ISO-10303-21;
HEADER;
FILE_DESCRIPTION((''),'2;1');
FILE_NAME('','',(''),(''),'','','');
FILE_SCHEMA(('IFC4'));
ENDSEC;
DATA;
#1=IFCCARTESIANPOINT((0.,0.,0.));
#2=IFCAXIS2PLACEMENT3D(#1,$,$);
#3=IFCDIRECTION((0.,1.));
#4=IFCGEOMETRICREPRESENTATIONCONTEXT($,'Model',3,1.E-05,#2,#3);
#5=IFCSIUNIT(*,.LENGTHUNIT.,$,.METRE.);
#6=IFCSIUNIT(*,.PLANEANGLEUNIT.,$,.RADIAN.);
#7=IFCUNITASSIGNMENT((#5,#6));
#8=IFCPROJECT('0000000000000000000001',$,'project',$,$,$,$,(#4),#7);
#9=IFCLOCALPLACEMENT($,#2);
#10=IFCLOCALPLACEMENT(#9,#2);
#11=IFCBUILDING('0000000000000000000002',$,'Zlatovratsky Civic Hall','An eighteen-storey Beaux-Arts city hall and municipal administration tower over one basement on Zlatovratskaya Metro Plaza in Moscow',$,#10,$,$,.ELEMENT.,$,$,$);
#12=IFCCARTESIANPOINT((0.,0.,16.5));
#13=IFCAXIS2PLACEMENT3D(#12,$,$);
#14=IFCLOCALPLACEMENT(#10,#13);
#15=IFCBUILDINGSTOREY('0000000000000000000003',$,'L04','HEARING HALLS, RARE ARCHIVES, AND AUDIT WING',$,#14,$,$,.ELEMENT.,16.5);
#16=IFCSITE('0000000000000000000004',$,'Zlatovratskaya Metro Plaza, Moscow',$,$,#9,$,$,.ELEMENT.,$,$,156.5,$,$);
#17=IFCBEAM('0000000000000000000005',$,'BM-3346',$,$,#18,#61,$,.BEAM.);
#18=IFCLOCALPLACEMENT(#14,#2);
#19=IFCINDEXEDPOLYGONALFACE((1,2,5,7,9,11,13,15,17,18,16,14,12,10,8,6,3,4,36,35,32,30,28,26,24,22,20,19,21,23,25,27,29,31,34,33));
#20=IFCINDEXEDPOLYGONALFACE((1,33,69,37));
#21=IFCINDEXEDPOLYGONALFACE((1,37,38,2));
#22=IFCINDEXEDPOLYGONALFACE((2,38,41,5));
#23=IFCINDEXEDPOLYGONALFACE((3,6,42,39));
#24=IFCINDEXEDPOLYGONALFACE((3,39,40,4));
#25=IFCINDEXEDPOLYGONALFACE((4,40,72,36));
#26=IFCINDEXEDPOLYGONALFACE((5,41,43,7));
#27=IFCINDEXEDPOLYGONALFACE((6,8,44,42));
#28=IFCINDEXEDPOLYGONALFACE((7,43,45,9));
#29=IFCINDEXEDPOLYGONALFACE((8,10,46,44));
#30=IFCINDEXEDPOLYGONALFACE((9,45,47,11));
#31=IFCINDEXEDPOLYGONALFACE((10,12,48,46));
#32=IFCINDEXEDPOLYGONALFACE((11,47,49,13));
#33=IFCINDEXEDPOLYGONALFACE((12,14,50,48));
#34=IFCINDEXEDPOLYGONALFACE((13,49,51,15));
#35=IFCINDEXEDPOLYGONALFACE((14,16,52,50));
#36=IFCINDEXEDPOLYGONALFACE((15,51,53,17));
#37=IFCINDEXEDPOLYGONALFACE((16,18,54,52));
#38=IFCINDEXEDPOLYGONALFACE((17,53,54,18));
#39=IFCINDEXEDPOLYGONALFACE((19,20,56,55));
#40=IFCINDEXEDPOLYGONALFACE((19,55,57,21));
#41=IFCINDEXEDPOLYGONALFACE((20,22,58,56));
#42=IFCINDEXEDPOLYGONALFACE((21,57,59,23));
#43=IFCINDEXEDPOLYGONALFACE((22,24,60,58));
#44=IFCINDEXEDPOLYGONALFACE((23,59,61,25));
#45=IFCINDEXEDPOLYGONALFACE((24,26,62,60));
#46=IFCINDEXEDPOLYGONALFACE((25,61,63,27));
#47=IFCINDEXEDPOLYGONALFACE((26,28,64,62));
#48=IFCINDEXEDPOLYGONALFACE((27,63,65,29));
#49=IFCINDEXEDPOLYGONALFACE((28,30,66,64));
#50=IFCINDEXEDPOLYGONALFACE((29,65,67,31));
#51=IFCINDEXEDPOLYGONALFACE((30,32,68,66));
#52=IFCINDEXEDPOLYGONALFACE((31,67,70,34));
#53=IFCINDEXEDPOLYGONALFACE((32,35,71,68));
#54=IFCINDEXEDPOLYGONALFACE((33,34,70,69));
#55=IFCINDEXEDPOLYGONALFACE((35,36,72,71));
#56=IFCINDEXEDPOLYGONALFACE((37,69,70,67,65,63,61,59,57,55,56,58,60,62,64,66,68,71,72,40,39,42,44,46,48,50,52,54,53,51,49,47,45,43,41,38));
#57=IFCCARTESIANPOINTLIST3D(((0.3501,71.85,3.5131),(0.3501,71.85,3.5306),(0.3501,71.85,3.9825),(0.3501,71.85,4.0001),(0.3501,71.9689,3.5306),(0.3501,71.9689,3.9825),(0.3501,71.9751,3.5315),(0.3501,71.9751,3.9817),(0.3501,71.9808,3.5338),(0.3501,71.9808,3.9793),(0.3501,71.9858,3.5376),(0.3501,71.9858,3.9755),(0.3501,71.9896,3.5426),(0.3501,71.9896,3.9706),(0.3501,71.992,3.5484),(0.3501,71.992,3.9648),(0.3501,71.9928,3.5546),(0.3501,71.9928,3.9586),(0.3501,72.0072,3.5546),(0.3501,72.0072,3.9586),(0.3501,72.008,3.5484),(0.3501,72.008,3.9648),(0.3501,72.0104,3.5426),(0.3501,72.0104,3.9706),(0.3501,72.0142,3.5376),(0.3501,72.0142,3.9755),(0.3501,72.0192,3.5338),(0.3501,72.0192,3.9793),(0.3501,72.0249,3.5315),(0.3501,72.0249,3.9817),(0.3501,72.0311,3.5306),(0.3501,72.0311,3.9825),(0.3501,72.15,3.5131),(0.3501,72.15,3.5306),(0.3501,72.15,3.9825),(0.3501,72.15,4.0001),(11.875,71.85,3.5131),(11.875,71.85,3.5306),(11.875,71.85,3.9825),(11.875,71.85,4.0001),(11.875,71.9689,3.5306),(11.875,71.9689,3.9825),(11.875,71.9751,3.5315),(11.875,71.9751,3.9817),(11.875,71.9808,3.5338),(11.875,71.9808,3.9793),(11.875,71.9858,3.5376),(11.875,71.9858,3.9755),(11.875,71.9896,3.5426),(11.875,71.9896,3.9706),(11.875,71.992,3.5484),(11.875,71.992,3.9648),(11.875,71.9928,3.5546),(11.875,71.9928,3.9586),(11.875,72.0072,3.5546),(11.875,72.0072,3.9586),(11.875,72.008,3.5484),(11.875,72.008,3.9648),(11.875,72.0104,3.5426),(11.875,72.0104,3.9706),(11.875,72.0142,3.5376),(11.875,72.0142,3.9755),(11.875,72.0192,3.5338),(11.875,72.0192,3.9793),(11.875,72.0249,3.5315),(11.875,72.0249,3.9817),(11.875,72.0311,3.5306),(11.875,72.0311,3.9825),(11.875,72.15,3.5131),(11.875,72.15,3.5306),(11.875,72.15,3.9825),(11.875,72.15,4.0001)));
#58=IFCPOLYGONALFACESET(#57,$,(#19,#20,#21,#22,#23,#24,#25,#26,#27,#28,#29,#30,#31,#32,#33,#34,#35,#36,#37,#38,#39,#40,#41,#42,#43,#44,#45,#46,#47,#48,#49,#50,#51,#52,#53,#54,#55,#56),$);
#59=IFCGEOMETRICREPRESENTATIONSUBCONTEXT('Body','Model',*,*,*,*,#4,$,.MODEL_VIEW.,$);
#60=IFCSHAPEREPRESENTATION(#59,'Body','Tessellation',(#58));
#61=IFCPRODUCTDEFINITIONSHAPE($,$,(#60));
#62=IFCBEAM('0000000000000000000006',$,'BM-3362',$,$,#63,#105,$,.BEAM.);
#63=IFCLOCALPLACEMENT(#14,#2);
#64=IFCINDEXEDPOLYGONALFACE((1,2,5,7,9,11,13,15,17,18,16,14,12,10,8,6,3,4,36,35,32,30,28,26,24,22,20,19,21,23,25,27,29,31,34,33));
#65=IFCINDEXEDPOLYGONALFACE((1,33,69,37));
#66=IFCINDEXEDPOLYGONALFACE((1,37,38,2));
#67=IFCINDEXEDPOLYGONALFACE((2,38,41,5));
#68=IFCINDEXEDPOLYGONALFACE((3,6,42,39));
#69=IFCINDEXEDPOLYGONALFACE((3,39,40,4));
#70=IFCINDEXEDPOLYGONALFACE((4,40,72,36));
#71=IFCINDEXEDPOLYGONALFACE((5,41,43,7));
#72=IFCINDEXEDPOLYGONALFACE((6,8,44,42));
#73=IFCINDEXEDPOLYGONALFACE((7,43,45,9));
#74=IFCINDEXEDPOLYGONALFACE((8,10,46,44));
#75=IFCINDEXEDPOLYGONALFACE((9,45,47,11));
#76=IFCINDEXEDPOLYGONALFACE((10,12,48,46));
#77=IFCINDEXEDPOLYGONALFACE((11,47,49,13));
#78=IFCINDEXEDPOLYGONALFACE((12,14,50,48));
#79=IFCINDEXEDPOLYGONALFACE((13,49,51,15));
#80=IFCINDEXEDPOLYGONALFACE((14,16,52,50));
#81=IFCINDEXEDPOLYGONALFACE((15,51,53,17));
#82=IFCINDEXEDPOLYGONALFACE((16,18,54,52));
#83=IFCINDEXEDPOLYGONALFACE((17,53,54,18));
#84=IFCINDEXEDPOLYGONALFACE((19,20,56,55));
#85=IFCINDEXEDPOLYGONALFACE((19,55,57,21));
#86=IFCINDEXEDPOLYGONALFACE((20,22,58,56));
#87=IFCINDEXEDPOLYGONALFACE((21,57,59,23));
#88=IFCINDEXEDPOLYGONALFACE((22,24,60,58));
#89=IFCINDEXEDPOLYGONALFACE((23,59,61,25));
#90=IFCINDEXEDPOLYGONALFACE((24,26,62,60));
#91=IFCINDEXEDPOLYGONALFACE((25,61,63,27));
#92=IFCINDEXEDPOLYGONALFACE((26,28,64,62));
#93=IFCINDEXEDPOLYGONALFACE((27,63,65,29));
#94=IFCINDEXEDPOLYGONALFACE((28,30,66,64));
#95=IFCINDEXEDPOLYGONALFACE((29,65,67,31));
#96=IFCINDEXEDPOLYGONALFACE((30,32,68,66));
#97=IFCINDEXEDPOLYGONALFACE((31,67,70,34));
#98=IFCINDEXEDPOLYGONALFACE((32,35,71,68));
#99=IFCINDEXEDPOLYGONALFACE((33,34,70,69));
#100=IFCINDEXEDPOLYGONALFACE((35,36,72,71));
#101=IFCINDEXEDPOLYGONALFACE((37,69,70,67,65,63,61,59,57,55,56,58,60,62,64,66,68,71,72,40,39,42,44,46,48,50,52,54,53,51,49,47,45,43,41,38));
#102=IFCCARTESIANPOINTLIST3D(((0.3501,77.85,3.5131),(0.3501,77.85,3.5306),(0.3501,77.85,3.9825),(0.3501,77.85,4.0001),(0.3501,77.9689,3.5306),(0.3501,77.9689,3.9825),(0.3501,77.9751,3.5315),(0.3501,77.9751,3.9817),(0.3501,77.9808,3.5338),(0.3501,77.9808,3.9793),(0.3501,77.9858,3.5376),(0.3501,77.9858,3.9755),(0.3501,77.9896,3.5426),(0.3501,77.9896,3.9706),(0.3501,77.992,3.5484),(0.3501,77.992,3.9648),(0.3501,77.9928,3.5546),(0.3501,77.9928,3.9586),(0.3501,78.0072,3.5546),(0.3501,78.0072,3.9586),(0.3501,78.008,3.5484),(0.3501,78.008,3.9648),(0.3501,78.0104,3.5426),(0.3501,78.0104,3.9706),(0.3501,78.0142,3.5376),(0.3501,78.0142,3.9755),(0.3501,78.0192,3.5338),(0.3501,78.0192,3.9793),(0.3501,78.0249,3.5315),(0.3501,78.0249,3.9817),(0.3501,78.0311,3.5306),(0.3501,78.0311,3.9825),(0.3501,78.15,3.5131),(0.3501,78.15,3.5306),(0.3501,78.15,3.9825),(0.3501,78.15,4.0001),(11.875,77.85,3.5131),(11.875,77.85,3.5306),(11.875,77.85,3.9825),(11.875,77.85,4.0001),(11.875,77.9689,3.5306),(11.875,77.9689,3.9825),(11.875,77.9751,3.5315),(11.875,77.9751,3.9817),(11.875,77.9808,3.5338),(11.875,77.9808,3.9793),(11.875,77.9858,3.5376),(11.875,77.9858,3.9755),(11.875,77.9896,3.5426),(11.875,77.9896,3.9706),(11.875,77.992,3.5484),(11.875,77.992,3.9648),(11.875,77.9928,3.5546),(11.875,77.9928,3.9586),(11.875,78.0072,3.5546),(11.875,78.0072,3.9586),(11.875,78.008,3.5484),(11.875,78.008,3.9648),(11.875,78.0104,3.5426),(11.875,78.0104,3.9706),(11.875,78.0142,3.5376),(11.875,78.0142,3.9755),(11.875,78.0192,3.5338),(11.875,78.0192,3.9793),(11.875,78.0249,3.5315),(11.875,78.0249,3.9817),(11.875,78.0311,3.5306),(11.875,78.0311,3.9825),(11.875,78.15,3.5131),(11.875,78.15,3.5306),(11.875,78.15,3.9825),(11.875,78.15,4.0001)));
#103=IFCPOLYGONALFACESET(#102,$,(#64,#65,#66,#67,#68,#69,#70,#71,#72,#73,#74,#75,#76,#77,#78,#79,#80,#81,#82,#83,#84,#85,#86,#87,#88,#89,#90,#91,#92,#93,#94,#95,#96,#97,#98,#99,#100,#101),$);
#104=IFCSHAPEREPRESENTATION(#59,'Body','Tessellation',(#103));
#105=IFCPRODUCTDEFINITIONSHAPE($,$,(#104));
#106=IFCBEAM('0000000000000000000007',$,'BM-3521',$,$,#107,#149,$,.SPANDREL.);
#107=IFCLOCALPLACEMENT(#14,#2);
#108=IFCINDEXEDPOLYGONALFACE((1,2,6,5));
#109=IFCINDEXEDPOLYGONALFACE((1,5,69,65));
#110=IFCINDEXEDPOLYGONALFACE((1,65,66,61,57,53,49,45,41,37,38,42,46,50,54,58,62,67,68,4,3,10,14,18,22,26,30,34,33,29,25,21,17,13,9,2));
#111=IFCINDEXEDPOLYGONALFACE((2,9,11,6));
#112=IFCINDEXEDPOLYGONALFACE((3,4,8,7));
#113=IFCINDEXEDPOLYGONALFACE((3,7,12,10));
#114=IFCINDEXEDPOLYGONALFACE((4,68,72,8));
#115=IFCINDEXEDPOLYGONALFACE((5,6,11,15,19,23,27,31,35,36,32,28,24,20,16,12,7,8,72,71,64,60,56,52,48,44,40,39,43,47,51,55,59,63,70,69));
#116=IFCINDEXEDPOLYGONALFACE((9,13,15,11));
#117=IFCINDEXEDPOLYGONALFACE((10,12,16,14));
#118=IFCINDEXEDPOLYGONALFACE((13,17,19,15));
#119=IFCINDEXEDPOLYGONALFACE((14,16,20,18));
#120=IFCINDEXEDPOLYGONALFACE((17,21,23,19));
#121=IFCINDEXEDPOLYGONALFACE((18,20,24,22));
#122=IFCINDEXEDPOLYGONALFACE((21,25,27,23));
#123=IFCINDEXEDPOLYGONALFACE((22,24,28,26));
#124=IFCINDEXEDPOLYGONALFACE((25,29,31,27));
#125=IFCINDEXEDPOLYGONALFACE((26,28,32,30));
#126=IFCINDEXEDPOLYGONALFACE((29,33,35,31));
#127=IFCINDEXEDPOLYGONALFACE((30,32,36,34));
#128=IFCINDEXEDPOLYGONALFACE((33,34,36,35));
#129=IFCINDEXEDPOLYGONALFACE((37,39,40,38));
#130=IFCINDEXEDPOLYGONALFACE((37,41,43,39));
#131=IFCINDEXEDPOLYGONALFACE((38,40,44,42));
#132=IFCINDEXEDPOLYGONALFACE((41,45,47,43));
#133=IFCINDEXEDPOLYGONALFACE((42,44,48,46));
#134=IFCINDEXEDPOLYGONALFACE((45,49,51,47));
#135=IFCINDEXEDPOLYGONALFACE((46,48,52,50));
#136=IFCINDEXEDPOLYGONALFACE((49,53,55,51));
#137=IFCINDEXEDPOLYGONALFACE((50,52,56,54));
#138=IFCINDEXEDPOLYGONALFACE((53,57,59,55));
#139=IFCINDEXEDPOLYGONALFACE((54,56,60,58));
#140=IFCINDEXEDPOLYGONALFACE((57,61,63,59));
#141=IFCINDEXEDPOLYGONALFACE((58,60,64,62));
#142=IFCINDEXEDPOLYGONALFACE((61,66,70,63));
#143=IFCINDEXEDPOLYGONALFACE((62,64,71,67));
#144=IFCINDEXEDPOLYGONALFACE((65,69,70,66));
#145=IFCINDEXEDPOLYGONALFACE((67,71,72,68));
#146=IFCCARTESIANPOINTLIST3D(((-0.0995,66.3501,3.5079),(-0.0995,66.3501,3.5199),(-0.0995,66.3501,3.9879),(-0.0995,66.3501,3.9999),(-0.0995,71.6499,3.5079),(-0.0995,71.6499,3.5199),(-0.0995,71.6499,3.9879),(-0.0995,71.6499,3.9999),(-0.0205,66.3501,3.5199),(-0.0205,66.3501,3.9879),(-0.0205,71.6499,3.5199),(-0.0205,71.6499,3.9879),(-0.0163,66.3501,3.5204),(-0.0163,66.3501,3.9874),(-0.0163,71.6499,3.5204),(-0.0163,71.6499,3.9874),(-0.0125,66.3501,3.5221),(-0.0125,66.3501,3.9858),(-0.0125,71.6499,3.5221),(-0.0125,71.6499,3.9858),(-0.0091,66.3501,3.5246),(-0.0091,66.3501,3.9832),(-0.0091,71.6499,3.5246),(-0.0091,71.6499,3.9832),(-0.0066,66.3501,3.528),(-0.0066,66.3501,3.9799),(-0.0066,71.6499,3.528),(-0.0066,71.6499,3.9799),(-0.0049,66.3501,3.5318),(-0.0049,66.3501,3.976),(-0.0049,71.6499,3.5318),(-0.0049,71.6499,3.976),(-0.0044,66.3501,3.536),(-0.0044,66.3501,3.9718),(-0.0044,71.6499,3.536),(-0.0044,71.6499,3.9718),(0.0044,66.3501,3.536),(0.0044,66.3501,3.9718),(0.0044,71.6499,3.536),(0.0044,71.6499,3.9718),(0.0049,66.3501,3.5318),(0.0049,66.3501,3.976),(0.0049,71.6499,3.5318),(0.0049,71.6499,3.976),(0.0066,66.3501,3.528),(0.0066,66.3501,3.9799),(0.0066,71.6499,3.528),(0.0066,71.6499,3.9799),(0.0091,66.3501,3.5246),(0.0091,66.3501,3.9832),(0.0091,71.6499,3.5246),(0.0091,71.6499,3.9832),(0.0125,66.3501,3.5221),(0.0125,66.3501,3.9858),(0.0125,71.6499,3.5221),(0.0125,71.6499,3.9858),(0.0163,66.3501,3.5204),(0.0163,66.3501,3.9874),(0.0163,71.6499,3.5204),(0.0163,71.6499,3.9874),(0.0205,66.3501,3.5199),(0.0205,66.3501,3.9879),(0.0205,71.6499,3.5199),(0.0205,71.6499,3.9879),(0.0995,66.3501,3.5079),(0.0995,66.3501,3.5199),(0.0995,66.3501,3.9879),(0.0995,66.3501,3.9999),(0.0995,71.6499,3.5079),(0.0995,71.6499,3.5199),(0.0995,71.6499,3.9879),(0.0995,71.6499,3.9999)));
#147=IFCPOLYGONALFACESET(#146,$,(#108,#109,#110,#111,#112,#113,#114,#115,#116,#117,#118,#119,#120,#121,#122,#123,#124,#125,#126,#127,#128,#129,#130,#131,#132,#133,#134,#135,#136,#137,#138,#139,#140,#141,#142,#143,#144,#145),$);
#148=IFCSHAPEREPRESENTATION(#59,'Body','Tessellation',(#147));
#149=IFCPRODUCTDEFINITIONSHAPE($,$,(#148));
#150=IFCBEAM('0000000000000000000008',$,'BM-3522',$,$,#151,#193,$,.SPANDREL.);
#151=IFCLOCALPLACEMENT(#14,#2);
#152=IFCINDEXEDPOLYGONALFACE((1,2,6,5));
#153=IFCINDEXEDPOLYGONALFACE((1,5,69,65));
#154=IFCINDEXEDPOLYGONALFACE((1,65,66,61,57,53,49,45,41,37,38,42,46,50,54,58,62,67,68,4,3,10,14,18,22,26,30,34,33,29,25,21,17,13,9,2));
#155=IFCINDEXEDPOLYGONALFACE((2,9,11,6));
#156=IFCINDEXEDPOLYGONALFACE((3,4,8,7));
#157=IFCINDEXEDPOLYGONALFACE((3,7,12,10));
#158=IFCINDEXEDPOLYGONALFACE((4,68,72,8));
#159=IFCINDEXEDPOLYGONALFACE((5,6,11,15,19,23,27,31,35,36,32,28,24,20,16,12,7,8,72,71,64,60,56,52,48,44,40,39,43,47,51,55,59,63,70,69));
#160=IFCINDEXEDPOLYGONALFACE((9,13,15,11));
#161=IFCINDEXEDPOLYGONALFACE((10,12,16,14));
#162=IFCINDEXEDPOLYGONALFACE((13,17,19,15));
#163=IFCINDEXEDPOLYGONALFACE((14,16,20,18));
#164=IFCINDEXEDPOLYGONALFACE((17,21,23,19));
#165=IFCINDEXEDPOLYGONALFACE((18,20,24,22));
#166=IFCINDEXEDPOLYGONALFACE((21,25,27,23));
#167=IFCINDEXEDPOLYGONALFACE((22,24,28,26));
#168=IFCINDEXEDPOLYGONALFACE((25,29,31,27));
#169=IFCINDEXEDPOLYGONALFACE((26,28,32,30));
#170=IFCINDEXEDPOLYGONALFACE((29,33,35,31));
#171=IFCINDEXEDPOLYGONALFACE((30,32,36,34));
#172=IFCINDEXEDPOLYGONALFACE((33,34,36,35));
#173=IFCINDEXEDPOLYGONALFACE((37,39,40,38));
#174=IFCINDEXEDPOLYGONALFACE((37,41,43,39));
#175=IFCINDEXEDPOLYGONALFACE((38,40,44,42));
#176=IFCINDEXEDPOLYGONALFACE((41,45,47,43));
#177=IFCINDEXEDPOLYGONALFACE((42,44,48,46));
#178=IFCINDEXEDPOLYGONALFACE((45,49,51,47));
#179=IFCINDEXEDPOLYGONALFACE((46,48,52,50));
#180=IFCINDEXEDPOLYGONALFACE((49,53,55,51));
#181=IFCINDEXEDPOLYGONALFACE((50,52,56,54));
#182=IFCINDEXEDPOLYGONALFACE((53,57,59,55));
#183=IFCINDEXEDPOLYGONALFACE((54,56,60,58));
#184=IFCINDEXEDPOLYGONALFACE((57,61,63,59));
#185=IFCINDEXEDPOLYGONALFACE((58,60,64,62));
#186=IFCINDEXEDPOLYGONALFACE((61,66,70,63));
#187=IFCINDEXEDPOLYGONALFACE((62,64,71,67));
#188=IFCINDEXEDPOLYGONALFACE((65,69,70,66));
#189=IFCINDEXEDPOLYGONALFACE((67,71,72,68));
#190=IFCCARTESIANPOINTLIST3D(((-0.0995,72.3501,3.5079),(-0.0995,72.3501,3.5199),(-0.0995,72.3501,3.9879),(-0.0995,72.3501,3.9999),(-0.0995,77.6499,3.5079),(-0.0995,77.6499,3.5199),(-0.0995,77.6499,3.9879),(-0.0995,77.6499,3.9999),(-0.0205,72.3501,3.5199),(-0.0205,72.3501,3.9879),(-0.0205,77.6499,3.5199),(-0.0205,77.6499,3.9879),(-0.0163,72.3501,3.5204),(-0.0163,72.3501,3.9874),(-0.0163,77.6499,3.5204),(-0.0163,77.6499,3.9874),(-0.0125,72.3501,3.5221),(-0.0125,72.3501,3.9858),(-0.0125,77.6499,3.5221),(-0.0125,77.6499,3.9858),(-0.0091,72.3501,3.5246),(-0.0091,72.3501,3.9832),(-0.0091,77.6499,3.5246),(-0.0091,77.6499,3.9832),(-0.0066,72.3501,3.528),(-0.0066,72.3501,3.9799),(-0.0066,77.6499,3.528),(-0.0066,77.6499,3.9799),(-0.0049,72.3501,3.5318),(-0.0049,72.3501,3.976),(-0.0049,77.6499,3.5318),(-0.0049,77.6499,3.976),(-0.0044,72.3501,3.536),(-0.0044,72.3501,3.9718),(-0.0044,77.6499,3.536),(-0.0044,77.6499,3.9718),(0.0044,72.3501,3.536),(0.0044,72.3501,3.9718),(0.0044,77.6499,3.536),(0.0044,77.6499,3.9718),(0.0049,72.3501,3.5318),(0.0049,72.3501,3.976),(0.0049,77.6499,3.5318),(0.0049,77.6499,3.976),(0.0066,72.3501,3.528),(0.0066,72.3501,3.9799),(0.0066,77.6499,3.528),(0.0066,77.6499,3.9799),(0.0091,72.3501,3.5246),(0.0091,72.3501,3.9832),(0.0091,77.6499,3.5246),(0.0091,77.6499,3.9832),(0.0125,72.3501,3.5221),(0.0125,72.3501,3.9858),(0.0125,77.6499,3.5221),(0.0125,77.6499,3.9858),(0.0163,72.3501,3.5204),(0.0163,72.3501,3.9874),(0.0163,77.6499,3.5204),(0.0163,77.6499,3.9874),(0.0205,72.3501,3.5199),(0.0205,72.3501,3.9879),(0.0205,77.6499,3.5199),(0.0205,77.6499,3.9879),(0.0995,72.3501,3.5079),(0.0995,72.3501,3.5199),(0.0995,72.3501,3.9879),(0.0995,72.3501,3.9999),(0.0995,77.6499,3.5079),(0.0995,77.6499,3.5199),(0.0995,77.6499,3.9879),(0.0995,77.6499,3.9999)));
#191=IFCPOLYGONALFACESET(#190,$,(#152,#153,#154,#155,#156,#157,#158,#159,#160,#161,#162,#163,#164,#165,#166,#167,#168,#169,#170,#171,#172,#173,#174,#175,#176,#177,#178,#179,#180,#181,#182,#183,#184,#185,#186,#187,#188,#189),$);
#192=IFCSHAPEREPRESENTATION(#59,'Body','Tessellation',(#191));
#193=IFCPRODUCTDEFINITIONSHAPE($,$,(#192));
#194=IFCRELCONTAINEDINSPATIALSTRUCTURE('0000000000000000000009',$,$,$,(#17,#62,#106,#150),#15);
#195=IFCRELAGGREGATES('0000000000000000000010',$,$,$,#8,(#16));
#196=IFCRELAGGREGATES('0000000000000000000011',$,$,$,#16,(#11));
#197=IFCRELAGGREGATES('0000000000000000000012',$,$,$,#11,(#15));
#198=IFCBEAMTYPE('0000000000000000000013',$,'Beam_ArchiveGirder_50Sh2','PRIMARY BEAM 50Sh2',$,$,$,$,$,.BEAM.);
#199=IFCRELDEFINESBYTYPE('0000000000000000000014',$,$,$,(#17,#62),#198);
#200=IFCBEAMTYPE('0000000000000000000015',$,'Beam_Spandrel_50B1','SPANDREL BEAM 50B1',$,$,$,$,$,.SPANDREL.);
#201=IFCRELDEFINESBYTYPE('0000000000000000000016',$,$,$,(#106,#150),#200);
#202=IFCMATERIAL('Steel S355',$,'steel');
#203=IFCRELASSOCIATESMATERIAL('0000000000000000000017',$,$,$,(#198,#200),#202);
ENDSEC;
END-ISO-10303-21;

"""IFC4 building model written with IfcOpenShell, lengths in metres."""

from ifc_helpers import new_model, si_unit, direction, frame, origin, origin_2d, place, context, subcontext, project, spatial, i_section, extrude, material, material_profile, profile_set, type_object, element, save


model = new_model("IFC4")

# Units and contexts
model_context = context("Model", 3, precision=1e-05, world=origin(), true_north=direction((0.0, 1.0)))
body_context = subcontext(model_context, "Body", "Model", "MODEL_VIEW")
ifc_project = project(units=[si_unit("LENGTHUNIT", "METRE"), si_unit("PLANEANGLEUNIT", "RADIAN")], contexts=[model_context])

# Site, building, storey
site_placement = place(None, origin())
site = spatial("IfcSite", under=ifc_project, at=site_placement, Name="Zlatovratskaya Metro Plaza, Moscow", CompositionType="ELEMENT", RefElevation=156.5)
building_placement = place(site_placement, origin())
building = spatial("IfcBuilding", under=site, at=building_placement, Name="Zlatovratsky Civic Hall", Description="An eighteen-storey Beaux-Arts city hall and municipal administration tower over one basement on Zlatovratskaya Metro Plaza in Moscow", CompositionType="ELEMENT")
storey_placement = place(building_placement, frame((0.0, 0.0, 16.5)))
storey = spatial("IfcBuildingStorey", under=building, at=storey_placement, Name="L04", Description="HEARING HALLS, RARE ARCHIVES, AND AUDIT WING", CompositionType="ELEMENT", Elevation=16.5)

# Shared definitions
ifc_material_1 = material(Name="Steel S355", Category="steel")

# Beams
ifc_material_profile_1 = material_profile(ifc_material_1, i_section(OverallWidth=0.3, OverallDepth=0.4871, WebThickness=0.0144, FlangeThickness=0.0176, FilletRadius=0.0239, at=origin_2d()), Name="50Sh2")
ifc_profile_set_1 = profile_set([ifc_material_profile_1], Name="Steel S355")
beam_type_1 = type_object("IfcBeamType", Name="Beam_ArchiveGirder_50Sh2", Description="PRIMARY BEAM 50Sh2", PredefinedType="BEAM", material=ifc_profile_set_1)
for number, where, z_axis, x_axis, name in (
    (1, (0.3501, 72.0, 3.7566), (1.0, 0.0, 0.0), (0.0, 1.0, 0.0), "BM-3346"),
    (2, (0.3501, 78.0, 3.7566), (1.0, 0.0, 0.0), (0.0, 1.0, 0.0), "BM-3362"),
):
    element("IfcBeam", number, at=place(storey_placement, frame(where, z_axis=z_axis, x_axis=x_axis)), inside=storey, type_object=beam_type_1, Name=name, PredefinedType="BEAM", context=body_context, shape_type="SweptSolid", body=[
        extrude(i_section(OverallWidth=0.3, OverallDepth=0.4871, WebThickness=0.0144, FlangeThickness=0.0176, FilletRadius=0.0239, at=origin_2d()), origin(), (0.0, 0.0, 1.0), 11.5249),
    ])
ifc_material_profile_2 = material_profile(ifc_material_1, i_section(OverallWidth=0.199, OverallDepth=0.4919, WebThickness=0.0088, FlangeThickness=0.012, FilletRadius=0.0161, at=origin_2d()), Name="50B1")
ifc_profile_set_2 = profile_set([ifc_material_profile_2], Name="Steel S355")
beam_type_2 = type_object("IfcBeamType", Name="Beam_Spandrel_50B1", Description="SPANDREL BEAM 50B1", PredefinedType="SPANDREL", material=ifc_profile_set_2)
for number, where, z_axis, x_axis, name in (
    (3, (0.0, 66.3501, 3.7539), (0.0, 1.0, 0.0), (-1.0, 0.0, 0.0), "BM-3521"),
    (4, (0.0, 72.3501, 3.7539), (0.0, 1.0, 0.0), (-1.0, 0.0, 0.0), "BM-3522"),
):
    element("IfcBeam", number, at=place(storey_placement, frame(where, z_axis=z_axis, x_axis=x_axis)), inside=storey, type_object=beam_type_2, Name=name, PredefinedType="SPANDREL", context=body_context, shape_type="SweptSolid", body=[
        extrude(i_section(OverallWidth=0.199, OverallDepth=0.4919, WebThickness=0.0088, FlangeThickness=0.012, FilletRadius=0.0161, at=origin_2d()), origin(), (0.0, 0.0, 1.0), 5.2998),
    ])

save(model, "model.ifc")
